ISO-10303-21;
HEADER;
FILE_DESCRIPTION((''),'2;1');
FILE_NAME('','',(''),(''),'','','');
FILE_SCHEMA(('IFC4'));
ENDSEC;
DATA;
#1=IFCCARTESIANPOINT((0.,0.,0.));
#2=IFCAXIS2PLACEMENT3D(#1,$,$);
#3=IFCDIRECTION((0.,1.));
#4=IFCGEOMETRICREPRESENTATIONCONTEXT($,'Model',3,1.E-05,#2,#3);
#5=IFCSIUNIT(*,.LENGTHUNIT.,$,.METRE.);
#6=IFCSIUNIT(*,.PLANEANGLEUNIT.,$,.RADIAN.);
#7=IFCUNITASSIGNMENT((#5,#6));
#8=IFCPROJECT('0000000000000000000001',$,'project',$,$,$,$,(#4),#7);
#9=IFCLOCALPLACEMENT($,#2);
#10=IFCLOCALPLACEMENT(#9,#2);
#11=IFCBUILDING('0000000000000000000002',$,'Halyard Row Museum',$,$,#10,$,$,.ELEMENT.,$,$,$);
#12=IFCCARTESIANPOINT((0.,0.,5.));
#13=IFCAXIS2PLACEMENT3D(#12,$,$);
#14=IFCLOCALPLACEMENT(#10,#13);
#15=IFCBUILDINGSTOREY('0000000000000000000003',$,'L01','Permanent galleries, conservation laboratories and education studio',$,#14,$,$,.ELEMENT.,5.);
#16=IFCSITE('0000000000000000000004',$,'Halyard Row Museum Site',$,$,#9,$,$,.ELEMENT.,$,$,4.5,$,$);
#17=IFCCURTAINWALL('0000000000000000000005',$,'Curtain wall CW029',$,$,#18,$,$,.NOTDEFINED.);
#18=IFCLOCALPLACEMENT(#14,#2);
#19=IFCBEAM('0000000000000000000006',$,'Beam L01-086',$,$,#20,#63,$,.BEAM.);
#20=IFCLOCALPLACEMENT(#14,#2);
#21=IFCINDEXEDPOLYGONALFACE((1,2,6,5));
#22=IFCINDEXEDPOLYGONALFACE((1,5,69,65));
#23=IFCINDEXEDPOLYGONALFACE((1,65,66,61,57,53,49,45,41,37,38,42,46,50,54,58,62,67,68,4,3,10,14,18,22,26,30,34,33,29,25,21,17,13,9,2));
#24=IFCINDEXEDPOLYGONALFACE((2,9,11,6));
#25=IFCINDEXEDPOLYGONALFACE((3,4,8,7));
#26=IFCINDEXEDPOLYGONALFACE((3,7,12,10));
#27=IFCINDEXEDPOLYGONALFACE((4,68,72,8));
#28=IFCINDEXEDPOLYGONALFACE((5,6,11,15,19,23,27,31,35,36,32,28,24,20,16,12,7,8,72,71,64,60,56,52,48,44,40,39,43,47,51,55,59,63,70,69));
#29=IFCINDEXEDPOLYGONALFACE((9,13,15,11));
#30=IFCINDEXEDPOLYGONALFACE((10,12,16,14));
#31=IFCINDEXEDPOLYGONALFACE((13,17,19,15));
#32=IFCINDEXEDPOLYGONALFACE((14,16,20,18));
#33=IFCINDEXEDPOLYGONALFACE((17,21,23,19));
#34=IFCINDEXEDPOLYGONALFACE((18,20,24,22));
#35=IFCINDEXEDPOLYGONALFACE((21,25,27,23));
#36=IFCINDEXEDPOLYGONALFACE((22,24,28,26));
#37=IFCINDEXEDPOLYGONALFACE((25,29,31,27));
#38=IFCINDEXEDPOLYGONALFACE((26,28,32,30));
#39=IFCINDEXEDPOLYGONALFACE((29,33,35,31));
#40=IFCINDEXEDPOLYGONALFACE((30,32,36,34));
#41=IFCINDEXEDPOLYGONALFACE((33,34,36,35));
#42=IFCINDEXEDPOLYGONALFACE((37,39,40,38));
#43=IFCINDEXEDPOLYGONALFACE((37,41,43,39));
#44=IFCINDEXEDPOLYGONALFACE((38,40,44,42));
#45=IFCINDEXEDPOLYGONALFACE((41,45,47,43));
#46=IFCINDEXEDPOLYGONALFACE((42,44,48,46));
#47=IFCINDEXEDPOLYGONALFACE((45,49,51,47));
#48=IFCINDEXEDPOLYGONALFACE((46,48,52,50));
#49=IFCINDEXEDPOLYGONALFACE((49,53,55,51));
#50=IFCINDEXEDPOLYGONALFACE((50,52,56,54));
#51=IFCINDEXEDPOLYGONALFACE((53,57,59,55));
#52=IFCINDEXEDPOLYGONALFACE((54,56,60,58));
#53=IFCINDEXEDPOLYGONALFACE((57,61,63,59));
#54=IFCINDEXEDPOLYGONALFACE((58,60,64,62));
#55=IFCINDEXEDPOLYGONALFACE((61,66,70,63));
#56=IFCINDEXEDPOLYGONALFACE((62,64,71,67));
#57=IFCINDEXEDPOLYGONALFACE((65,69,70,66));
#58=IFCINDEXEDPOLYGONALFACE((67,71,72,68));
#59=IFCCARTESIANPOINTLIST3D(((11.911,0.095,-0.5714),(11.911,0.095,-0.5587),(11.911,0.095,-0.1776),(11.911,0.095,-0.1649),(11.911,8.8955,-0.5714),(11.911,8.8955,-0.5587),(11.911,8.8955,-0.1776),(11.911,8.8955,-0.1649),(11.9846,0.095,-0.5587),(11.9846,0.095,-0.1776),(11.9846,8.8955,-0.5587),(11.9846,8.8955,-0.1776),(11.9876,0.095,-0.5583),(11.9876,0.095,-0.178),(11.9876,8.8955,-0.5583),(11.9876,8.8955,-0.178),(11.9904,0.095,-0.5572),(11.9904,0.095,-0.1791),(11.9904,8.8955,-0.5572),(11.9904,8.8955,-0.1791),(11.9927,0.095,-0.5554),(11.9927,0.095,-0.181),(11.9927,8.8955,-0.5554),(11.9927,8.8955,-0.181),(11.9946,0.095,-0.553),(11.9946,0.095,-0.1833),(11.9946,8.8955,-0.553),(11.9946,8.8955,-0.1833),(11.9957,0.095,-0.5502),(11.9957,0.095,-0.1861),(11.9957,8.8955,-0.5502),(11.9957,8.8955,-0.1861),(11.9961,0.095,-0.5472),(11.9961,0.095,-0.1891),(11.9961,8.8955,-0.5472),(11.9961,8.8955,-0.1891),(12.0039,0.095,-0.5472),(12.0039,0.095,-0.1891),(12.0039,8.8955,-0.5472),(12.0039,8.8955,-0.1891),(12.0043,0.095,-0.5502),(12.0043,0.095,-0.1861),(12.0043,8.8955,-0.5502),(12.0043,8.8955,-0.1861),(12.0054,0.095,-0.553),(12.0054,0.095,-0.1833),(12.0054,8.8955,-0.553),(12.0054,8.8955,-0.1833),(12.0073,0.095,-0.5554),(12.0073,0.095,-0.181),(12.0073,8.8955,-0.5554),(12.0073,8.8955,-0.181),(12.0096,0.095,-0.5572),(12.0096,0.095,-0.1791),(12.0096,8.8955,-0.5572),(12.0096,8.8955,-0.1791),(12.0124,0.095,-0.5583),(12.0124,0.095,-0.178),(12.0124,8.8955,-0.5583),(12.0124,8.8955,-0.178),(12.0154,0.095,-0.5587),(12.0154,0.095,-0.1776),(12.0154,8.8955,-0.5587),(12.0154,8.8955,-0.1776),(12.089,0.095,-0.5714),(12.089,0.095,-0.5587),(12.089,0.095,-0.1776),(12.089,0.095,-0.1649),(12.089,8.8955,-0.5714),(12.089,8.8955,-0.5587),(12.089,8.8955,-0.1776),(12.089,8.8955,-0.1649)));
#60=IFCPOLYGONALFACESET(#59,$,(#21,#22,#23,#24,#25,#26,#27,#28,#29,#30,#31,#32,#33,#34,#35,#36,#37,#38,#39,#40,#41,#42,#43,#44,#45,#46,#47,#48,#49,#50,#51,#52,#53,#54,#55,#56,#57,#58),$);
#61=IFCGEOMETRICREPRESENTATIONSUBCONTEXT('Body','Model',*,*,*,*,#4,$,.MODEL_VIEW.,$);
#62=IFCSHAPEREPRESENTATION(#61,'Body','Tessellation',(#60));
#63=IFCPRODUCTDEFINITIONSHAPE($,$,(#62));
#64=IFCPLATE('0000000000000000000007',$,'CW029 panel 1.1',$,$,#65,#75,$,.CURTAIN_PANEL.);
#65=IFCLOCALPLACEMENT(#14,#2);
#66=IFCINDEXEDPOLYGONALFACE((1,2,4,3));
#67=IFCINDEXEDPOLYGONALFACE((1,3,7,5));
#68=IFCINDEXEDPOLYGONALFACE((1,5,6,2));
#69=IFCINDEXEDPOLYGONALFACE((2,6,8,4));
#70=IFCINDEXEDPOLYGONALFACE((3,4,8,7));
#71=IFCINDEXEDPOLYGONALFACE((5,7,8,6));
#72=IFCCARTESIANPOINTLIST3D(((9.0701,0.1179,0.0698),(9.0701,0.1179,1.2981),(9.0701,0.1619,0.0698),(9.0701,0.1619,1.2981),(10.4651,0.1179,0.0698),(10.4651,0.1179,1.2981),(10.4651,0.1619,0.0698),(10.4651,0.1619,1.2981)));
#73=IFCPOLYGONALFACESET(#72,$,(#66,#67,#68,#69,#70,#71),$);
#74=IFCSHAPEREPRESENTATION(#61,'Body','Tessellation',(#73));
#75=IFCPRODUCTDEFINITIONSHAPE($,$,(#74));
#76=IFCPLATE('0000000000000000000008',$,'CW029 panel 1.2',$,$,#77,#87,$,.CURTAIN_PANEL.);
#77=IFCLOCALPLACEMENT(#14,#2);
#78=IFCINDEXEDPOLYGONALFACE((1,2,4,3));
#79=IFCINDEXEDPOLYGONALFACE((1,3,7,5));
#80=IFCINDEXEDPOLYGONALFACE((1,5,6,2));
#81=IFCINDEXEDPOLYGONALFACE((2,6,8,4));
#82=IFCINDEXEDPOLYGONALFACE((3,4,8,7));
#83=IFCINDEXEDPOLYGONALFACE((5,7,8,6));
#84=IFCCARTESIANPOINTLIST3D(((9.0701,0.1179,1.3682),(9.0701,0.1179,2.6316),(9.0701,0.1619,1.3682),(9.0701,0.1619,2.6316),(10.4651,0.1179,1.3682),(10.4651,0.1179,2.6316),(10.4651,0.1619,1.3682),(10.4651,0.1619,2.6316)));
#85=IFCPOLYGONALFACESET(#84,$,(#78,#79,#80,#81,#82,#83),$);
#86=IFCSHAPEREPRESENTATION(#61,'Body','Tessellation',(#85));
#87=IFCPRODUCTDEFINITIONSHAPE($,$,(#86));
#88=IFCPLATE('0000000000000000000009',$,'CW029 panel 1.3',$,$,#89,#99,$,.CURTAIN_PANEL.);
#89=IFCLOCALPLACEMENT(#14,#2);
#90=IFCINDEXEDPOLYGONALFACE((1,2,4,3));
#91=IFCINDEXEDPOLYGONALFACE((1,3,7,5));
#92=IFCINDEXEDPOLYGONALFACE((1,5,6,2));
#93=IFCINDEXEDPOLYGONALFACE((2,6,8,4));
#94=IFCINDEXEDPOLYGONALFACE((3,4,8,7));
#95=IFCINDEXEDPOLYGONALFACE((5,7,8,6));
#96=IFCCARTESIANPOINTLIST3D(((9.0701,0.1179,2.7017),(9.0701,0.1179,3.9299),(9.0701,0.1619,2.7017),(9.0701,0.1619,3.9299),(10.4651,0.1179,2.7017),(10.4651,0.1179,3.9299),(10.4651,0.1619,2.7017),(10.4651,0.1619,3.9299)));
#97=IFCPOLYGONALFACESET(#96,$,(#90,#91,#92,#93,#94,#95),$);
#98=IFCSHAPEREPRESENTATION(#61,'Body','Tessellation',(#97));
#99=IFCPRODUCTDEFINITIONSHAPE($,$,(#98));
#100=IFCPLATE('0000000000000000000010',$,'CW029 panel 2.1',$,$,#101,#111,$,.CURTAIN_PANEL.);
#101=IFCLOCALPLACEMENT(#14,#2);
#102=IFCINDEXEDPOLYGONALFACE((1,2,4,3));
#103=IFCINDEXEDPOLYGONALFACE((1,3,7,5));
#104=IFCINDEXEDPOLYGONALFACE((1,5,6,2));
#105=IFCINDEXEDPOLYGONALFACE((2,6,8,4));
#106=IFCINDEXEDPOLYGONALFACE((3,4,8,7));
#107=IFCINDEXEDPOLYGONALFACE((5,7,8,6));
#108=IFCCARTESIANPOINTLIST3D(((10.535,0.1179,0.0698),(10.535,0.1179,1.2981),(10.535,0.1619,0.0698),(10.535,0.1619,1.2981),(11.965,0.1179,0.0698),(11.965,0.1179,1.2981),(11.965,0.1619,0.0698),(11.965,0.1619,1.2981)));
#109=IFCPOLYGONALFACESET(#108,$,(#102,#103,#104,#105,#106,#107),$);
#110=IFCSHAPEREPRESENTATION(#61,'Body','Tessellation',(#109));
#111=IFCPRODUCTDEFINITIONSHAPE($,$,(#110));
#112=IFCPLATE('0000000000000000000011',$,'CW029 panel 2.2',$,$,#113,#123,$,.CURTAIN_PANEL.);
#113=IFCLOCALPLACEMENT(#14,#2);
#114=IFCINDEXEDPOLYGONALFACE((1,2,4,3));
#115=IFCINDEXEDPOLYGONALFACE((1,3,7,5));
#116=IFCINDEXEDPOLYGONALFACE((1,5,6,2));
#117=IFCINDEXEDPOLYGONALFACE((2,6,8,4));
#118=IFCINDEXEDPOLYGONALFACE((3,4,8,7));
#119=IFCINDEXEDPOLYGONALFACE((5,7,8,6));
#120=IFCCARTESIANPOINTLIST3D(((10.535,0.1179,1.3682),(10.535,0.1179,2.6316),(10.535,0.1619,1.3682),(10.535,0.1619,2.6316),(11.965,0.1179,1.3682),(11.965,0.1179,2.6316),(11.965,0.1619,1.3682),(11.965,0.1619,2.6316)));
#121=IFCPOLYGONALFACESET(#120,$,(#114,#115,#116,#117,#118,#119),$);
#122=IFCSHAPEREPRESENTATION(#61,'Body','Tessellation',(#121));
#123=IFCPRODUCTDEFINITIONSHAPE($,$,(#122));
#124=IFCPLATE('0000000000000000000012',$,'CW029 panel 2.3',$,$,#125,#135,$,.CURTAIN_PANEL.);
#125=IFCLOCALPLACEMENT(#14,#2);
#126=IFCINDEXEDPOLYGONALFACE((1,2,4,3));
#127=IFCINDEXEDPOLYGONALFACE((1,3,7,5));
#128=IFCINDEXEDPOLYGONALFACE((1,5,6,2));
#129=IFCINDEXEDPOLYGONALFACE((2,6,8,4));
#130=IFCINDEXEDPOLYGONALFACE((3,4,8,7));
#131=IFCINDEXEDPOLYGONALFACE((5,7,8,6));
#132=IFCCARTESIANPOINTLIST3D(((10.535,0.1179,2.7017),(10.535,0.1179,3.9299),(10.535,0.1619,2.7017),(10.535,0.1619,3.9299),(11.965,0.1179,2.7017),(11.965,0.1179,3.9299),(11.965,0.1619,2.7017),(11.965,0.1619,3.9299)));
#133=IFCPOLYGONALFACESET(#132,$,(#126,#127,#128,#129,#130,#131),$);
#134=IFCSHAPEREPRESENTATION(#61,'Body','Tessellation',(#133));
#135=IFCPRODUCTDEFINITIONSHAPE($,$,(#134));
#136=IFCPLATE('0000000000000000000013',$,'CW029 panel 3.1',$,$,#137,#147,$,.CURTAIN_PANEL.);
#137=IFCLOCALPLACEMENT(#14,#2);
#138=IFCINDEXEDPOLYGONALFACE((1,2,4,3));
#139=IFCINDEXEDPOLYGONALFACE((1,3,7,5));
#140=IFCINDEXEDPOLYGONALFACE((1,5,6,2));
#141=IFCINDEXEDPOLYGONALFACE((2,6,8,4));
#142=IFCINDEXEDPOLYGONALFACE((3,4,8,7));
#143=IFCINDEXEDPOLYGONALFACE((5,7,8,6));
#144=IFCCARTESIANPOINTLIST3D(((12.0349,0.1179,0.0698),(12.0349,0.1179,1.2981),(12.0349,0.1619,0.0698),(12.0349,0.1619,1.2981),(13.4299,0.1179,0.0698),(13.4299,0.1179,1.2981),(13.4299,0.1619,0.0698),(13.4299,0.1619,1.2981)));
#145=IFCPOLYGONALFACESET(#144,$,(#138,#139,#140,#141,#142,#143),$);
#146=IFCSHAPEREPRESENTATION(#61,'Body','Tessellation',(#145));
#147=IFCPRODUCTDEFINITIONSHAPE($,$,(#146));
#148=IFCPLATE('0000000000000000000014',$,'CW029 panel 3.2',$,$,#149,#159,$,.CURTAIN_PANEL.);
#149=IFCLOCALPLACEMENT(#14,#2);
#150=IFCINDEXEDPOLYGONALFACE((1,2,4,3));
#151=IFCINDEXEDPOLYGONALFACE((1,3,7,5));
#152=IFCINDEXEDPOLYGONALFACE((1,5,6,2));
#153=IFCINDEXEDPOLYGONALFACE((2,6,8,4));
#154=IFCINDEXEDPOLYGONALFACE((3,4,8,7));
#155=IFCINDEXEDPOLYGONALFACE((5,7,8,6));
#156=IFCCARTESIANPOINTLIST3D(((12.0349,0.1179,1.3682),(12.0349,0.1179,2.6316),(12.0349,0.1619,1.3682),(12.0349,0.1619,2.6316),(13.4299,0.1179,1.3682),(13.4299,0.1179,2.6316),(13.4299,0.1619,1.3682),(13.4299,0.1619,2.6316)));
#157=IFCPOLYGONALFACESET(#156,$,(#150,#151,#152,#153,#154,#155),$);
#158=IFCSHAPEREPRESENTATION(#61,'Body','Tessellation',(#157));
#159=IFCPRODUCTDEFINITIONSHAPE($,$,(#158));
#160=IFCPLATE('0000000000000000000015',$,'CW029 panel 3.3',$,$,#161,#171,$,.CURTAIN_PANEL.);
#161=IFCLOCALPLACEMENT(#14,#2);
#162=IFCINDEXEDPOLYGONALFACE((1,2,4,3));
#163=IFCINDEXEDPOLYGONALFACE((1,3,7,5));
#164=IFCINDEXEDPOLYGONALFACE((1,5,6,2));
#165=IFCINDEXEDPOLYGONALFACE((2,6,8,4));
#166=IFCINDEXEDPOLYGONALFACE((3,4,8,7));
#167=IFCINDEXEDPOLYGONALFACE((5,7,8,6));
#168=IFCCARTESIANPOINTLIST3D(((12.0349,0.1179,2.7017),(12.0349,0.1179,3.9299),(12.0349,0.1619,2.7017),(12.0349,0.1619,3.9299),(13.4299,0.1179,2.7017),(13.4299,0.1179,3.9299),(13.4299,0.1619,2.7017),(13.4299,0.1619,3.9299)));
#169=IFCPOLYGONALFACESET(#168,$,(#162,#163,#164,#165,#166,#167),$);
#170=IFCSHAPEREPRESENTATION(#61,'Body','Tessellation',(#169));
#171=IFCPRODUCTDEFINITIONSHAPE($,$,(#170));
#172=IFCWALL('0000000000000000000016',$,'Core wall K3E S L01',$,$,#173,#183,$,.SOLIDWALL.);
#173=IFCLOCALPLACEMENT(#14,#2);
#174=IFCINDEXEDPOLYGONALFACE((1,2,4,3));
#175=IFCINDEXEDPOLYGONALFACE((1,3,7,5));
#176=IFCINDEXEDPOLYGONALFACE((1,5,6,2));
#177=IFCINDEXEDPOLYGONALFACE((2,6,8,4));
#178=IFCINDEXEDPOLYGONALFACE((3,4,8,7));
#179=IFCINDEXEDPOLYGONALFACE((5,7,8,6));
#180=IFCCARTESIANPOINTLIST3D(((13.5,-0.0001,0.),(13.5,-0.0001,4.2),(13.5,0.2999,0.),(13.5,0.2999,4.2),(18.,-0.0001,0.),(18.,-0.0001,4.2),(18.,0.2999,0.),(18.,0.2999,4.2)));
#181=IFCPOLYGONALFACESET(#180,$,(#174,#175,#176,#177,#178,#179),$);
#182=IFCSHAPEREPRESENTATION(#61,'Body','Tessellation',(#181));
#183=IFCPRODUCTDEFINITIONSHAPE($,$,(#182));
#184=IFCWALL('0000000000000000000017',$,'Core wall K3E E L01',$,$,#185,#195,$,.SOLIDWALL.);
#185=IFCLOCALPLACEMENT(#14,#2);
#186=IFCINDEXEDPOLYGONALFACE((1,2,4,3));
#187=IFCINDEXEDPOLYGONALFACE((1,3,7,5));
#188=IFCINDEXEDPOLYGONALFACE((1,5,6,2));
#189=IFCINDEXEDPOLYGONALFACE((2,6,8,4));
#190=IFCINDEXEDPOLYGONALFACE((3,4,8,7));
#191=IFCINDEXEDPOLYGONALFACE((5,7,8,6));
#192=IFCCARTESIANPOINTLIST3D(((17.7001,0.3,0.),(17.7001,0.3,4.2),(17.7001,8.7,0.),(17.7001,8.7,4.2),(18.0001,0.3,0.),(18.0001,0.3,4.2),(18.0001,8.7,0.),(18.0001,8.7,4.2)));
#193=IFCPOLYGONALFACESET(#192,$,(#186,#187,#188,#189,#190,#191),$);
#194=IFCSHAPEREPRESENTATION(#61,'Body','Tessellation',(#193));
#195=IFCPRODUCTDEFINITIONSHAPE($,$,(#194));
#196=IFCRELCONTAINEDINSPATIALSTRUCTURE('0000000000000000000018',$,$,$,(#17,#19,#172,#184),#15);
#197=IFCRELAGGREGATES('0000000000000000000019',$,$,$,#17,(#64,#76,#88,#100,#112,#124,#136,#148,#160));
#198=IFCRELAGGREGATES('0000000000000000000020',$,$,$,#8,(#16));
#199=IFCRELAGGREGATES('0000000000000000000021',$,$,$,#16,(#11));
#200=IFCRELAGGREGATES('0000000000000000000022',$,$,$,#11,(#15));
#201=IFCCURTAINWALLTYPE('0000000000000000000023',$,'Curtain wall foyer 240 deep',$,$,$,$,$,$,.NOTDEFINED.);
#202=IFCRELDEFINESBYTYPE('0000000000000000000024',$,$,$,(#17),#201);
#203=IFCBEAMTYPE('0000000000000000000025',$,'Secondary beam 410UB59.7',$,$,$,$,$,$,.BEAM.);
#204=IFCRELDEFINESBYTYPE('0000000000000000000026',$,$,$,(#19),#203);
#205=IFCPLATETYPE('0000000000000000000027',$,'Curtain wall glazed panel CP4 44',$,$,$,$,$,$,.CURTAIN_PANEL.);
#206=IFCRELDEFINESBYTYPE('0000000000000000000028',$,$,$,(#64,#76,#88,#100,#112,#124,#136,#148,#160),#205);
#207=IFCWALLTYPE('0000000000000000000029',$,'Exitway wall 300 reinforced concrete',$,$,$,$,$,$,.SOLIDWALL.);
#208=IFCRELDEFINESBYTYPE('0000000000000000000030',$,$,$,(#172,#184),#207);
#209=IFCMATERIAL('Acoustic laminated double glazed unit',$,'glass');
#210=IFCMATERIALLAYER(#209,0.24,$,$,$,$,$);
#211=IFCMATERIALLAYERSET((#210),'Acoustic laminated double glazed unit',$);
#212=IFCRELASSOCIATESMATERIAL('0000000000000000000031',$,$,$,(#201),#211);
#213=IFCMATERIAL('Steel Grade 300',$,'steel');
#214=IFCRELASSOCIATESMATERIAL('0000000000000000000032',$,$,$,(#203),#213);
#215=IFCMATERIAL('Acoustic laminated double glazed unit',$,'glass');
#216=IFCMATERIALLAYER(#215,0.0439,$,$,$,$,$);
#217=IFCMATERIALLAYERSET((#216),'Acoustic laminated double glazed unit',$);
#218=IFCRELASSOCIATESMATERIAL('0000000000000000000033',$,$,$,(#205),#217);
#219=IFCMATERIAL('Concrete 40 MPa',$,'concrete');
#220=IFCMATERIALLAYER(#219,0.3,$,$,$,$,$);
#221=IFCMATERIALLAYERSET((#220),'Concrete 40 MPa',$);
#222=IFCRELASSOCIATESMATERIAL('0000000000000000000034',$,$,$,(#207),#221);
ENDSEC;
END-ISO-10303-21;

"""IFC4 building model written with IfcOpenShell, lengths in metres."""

from ifc_helpers import new_model, si_unit, direction, frame, frame_2d, origin, origin_2d, place, context, subcontext, project, spatial, rectangle, i_section, extrude, material, layer, layer_set, material_profile, profile_set, type_object, element, aggregate, save


model = new_model("IFC4")

# Units and contexts
model_context = context("Model", 3, precision=1e-05, world=origin(), true_north=direction((0.0, 1.0)))
body_context = subcontext(model_context, "Body", "Model", "MODEL_VIEW")
ifc_project = project(units=[si_unit("LENGTHUNIT", "METRE"), si_unit("PLANEANGLEUNIT", "RADIAN")], contexts=[model_context])

# Site, building, storey
site_placement = place(None, origin())
site = spatial("IfcSite", under=ifc_project, at=site_placement, Name="Halyard Row Museum Site", CompositionType="ELEMENT", RefElevation=4.5)
building_placement = place(site_placement, origin())
building = spatial("IfcBuilding", under=site, at=building_placement, Name="Halyard Row Museum", CompositionType="ELEMENT")
storey_placement = place(building_placement, frame((0.0, 0.0, 5.0)))
storey = spatial("IfcBuildingStorey", under=building, at=storey_placement, Name="L01", Description="Permanent galleries, conservation laboratories and education studio", CompositionType="ELEMENT", Elevation=5.0)

# Curtain wall
ifc_material_1 = material(Name="Acoustic laminated double glazed unit", Category="glass")
ifc_layer_1 = layer(ifc_material_1, 0.24)
ifc_layer_set_1 = layer_set([ifc_layer_1], Name="Acoustic laminated double glazed unit")
curtain_wall_type = type_object("IfcCurtainWallType", Name="Curtain wall foyer 240 deep", PredefinedType="NOTDEFINED", material=ifc_layer_set_1)
curtain_wall_placement = place(storey_placement, origin())
curtain_wall = element("IfcCurtainWall", 1, at=curtain_wall_placement, inside=storey, type_object=curtain_wall_type, Name="Curtain wall CW029", PredefinedType="NOTDEFINED")

# Beam
ifc_material_2 = material(Name="Steel Grade 300", Category="steel")
ifc_material_profile_1 = material_profile(ifc_material_2, i_section(OverallWidth=0.178, OverallDepth=0.4065, WebThickness=0.0078, FlangeThickness=0.0127, FilletRadius=0.0115, at=origin_2d()), Name="410UB59.7")
ifc_profile_set_1 = profile_set([ifc_material_profile_1], Name="Steel Grade 300")
beam_type = type_object("IfcBeamType", Name="Secondary beam 410UB59.7", PredefinedType="BEAM", material=ifc_profile_set_1)
beam_placement = place(storey_placement, frame((12.0, 0.095, -0.3682), z_axis=(0.0, 1.0, 0.0), x_axis=(-1.0, 0.0, 0.0)))
element("IfcBeam", 2, at=beam_placement, inside=storey, type_object=beam_type, Name="Beam L01-086", PredefinedType="BEAM", context=body_context, shape_type="SweptSolid", body=[
    extrude(i_section(OverallWidth=0.178, OverallDepth=0.4065, WebThickness=0.0078, FlangeThickness=0.0127, FilletRadius=0.0115, at=origin_2d()), origin(), (0.0, 0.0, 1.0), 8.8005),
])

# Plates
ifc_material_3 = material(Name="Acoustic laminated double glazed unit", Category="glass")
ifc_layer_2 = layer(ifc_material_3, 0.0439)
ifc_layer_set_2 = layer_set([ifc_layer_2], Name="Acoustic laminated double glazed unit")
plate_type = type_object("IfcPlateType", Name="Curtain wall glazed panel CP4 44", PredefinedType="CURTAIN_PANEL", material=ifc_layer_set_2)
plate_1_placement = place(storey_placement, frame((9.7676, 0.1399, 0.0698), z_axis=(0.0, 0.0, 1.0), x_axis=(1.0, 0.0, 0.0)))
plate_1 = element("IfcPlate", 3, at=plate_1_placement, type_object=plate_type, Name="CW029 panel 1.1", PredefinedType="CURTAIN_PANEL", context=body_context, shape_type="SweptSolid", body=[
    extrude(rectangle(XDim=1.395, YDim=0.0439, at=origin_2d()), origin(), (0.0, 0.0, 1.0), 1.2283),
])
plate_2_placement = place(storey_placement, frame((9.7676, 0.1399, 1.3682), z_axis=(0.0, 0.0, 1.0), x_axis=(1.0, 0.0, 0.0)))
plate_2 = element("IfcPlate", 4, at=plate_2_placement, type_object=plate_type, Name="CW029 panel 1.2", PredefinedType="CURTAIN_PANEL", context=body_context, shape_type="SweptSolid", body=[
    extrude(rectangle(XDim=1.395, YDim=0.0439, at=origin_2d()), origin(), (0.0, 0.0, 1.0), 1.2634),
])
plate_3_placement = place(storey_placement, frame((9.7676, 0.1399, 2.7017), z_axis=(0.0, 0.0, 1.0), x_axis=(1.0, 0.0, 0.0)))
plate_3 = element("IfcPlate", 5, at=plate_3_placement, type_object=plate_type, Name="CW029 panel 1.3", PredefinedType="CURTAIN_PANEL", context=body_context, shape_type="SweptSolid", body=[
    extrude(rectangle(XDim=1.395, YDim=0.0439, at=origin_2d()), origin(), (0.0, 0.0, 1.0), 1.2283),
])
plate_4_placement = place(storey_placement, frame((11.25, 0.1399, 0.0698), z_axis=(0.0, 0.0, 1.0), x_axis=(1.0, 0.0, 0.0)))
plate_4 = element("IfcPlate", 6, at=plate_4_placement, type_object=plate_type, Name="CW029 panel 2.1", PredefinedType="CURTAIN_PANEL", context=body_context, shape_type="SweptSolid", body=[
    extrude(rectangle(XDim=1.4299, YDim=0.0439, at=origin_2d()), origin(), (0.0, 0.0, 1.0), 1.2283),
])
plate_5_placement = place(storey_placement, frame((11.25, 0.1399, 1.3682), z_axis=(0.0, 0.0, 1.0), x_axis=(1.0, 0.0, 0.0)))
plate_5 = element("IfcPlate", 7, at=plate_5_placement, type_object=plate_type, Name="CW029 panel 2.2", PredefinedType="CURTAIN_PANEL", context=body_context, shape_type="SweptSolid", body=[
    extrude(rectangle(XDim=1.4299, YDim=0.0439, at=origin_2d()), origin(), (0.0, 0.0, 1.0), 1.2634),
])
plate_6_placement = place(storey_placement, frame((11.25, 0.1399, 2.7017), z_axis=(0.0, 0.0, 1.0), x_axis=(1.0, 0.0, 0.0)))
plate_6 = element("IfcPlate", 8, at=plate_6_placement, type_object=plate_type, Name="CW029 panel 2.3", PredefinedType="CURTAIN_PANEL", context=body_context, shape_type="SweptSolid", body=[
    extrude(rectangle(XDim=1.4299, YDim=0.0439, at=origin_2d()), origin(), (0.0, 0.0, 1.0), 1.2283),
])
plate_7_placement = place(storey_placement, frame((12.7324, 0.1399, 0.0698), z_axis=(0.0, 0.0, 1.0), x_axis=(1.0, 0.0, 0.0)))
plate_7 = element("IfcPlate", 9, at=plate_7_placement, type_object=plate_type, Name="CW029 panel 3.1", PredefinedType="CURTAIN_PANEL", context=body_context, shape_type="SweptSolid", body=[
    extrude(rectangle(XDim=1.395, YDim=0.0439, at=origin_2d()), origin(), (0.0, 0.0, 1.0), 1.2283),
])
plate_8_placement = place(storey_placement, frame((12.7324, 0.1399, 1.3682), z_axis=(0.0, 0.0, 1.0), x_axis=(1.0, 0.0, 0.0)))
plate_8 = element("IfcPlate", 10, at=plate_8_placement, type_object=plate_type, Name="CW029 panel 3.2", PredefinedType="CURTAIN_PANEL", context=body_context, shape_type="SweptSolid", body=[
    extrude(rectangle(XDim=1.395, YDim=0.0439, at=origin_2d()), origin(), (0.0, 0.0, 1.0), 1.2634),
])
plate_9_placement = place(storey_placement, frame((12.7324, 0.1399, 2.7017), z_axis=(0.0, 0.0, 1.0), x_axis=(1.0, 0.0, 0.0)))
plate_9 = element("IfcPlate", 11, at=plate_9_placement, type_object=plate_type, Name="CW029 panel 3.3", PredefinedType="CURTAIN_PANEL", context=body_context, shape_type="SweptSolid", body=[
    extrude(rectangle(XDim=1.395, YDim=0.0439, at=origin_2d()), origin(), (0.0, 0.0, 1.0), 1.2283),
])
aggregate(curtain_wall, [plate_1, plate_2, plate_3, plate_4, plate_5, plate_6, plate_7, plate_8, plate_9])

# Walls
ifc_material_4 = material(Name="Concrete 40 MPa", Category="concrete")
ifc_layer_3 = layer(ifc_material_4, 0.3)
ifc_layer_set_3 = layer_set([ifc_layer_3], Name="Concrete 40 MPa")
wall_type = type_object("IfcWallType", Name="Exitway wall 300 reinforced concrete", PredefinedType="SOLIDWALL", material=ifc_layer_set_3)
wall_1_placement = place(storey_placement, frame((13.5, 0.1499, 0.0), z_axis=(0.0, 0.0, 1.0), x_axis=(1.0, 0.0, 0.0)))
element("IfcWall", 12, at=wall_1_placement, inside=storey, type_object=wall_type, Name="Core wall K3E S L01", PredefinedType="SOLIDWALL", context=body_context, shape_type="SweptSolid", body=[
    extrude(rectangle(XDim=4.5, YDim=0.3, at=frame_2d((2.25, 0.0))), origin(), (0.0, 0.0, 1.0), 4.2),
])
wall_2_placement = place(storey_placement, frame((17.8501, 0.3, 0.0), z_axis=(0.0, 0.0, 1.0), x_axis=(0.0, 1.0, 0.0)))
element("IfcWall", 13, at=wall_2_placement, inside=storey, type_object=wall_type, Name="Core wall K3E E L01", PredefinedType="SOLIDWALL", context=body_context, shape_type="SweptSolid", body=[
    extrude(rectangle(XDim=8.3999, YDim=0.3, at=frame_2d((4.2, 0.0))), origin(), (0.0, 0.0, 1.0), 4.2),
])

save(model, "model.ifc")
